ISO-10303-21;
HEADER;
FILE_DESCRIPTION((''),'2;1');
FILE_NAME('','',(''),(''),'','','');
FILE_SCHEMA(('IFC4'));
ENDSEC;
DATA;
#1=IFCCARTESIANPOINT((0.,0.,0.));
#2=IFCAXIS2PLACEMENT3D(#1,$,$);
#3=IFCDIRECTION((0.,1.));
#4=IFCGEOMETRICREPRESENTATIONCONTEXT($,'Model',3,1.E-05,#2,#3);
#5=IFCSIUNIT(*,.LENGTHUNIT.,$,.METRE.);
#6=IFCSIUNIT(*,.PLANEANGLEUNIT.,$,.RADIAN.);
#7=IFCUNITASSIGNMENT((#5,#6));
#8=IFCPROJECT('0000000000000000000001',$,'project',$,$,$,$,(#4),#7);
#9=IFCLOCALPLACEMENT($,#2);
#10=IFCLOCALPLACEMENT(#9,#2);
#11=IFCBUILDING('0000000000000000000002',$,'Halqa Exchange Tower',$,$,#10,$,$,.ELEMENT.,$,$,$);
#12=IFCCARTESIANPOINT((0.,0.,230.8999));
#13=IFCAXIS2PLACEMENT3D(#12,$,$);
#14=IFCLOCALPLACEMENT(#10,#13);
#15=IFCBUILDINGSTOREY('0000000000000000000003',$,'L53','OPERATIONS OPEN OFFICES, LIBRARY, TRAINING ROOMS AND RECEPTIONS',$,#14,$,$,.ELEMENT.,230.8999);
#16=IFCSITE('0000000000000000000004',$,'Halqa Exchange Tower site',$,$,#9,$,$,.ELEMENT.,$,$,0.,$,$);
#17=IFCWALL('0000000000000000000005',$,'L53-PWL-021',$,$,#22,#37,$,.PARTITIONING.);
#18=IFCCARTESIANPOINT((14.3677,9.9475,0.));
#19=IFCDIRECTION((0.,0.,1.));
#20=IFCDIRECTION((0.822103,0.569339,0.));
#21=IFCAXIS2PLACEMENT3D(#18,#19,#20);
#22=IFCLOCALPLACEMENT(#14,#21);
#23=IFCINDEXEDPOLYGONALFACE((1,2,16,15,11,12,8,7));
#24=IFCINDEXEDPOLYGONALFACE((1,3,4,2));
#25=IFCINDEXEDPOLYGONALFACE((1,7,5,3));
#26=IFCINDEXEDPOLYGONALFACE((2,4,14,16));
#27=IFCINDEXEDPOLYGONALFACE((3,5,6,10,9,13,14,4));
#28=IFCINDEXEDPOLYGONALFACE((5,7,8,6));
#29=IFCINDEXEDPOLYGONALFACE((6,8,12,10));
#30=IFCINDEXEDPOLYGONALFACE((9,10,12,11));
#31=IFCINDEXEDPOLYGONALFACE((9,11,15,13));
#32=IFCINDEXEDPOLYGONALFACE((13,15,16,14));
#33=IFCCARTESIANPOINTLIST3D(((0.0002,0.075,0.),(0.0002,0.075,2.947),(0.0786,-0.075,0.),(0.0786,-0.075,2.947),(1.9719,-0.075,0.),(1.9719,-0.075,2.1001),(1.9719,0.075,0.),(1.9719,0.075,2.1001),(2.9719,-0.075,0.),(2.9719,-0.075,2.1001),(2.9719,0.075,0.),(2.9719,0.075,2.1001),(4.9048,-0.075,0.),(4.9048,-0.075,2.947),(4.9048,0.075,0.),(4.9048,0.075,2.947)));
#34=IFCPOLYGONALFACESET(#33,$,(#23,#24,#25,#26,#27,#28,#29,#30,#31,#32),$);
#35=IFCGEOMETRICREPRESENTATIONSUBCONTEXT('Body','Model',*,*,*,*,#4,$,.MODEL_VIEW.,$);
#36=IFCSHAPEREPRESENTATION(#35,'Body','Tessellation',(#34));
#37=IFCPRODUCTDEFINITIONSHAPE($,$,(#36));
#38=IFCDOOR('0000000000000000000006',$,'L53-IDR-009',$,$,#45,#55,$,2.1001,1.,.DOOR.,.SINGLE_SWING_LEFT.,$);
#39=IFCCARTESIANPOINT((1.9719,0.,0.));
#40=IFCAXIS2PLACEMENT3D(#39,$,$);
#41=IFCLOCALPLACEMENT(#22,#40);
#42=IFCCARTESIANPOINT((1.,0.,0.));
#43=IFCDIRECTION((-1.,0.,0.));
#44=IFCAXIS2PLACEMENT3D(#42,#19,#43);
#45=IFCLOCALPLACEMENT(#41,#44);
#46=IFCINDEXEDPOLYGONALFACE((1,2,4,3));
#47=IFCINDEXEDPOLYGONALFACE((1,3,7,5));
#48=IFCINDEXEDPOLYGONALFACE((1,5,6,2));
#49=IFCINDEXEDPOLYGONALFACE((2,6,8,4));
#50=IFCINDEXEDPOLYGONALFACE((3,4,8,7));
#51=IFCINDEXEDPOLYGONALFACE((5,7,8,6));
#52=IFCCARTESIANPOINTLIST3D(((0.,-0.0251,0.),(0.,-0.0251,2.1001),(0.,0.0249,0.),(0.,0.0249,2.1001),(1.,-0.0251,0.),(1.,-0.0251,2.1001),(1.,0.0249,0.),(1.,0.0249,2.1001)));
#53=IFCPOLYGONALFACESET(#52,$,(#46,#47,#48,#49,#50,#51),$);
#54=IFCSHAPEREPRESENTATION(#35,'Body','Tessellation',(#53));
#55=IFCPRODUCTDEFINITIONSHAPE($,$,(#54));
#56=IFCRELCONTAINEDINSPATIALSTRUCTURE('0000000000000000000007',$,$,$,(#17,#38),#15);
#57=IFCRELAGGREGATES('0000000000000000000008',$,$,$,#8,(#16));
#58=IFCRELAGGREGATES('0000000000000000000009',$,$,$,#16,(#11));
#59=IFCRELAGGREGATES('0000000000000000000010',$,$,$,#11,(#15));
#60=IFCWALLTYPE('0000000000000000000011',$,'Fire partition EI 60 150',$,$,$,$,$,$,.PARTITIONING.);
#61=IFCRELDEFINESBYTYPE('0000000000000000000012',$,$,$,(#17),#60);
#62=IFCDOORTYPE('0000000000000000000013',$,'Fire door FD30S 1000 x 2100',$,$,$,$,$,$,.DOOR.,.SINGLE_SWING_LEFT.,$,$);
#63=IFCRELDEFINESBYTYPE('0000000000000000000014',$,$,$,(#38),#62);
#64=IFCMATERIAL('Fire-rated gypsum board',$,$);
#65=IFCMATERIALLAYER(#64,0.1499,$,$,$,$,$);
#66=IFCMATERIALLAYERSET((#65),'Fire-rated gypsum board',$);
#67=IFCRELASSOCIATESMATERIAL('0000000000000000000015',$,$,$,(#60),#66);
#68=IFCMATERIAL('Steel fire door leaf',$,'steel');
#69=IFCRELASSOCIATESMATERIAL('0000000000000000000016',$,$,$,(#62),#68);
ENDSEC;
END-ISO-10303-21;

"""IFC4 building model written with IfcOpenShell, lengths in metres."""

from ifc_helpers import new_model, si_unit, direction, frame, frame_2d, origin, place, context, subcontext, project, spatial, polyline, rectangle, outline, extrude, material, layer, layer_set, type_object, element, fill, save


model = new_model("IFC4")

# Units and contexts
model_context = context("Model", 3, precision=1e-05, world=origin(), true_north=direction((0.0, 1.0)))
body_context = subcontext(model_context, "Body", "Model", "MODEL_VIEW")
ifc_project = project(units=[si_unit("LENGTHUNIT", "METRE"), si_unit("PLANEANGLEUNIT", "RADIAN")], contexts=[model_context])

# Site, building, storey
site_placement = place(None, origin())
site = spatial("IfcSite", under=ifc_project, at=site_placement, Name="Halqa Exchange Tower site", CompositionType="ELEMENT", RefElevation=0.0)
building_placement = place(site_placement, origin())
building = spatial("IfcBuilding", under=site, at=building_placement, Name="Halqa Exchange Tower", CompositionType="ELEMENT")
storey_placement = place(building_placement, frame((0.0, 0.0, 230.8999)))
storey = spatial("IfcBuildingStorey", under=building, at=storey_placement, Name="L53", Description="OPERATIONS OPEN OFFICES, LIBRARY, TRAINING ROOMS AND RECEPTIONS", CompositionType="ELEMENT", Elevation=230.8999)

# Wall, opening, door
ifc_material_1 = material(Name="Fire-rated gypsum board")
ifc_layer_1 = layer(ifc_material_1, 0.1499)
ifc_layer_set_1 = layer_set([ifc_layer_1], Name="Fire-rated gypsum board")
wall_type_1 = type_object("IfcWallType", Name="Fire partition EI 60 150", PredefinedType="PARTITIONING", material=ifc_layer_set_1)
wall_1_placement = place(storey_placement, frame((14.3677, 9.9475, 0.0), z_axis=(0.0, 0.0, 1.0), x_axis=(0.822103, 0.569339, 0.0)))
wall_1 = element("IfcWall", 1, at=wall_1_placement, inside=storey, type_object=wall_type_1, Name="L53-PWL-021", PredefinedType="PARTITIONING", context=body_context, shape_type="SweptSolid", body=[
    extrude(outline(polyline([(4.9048, 0.075), (3.27, 0.075), (1.635, 0.075), (0.0002, 0.075), (0.0786, -0.075), (1.6875, -0.075), (3.2961, -0.075), (4.9048, -0.075), (4.9048, 0.075)])), origin(), (0.0, 0.0, 1.0), 2.947),
])
opening_1_placement = place(wall_1_placement, frame((1.9719, 0.0, 0.0)))
opening_1 = element("IfcOpeningElement", 2, at=opening_1_placement, cuts=wall_1, PredefinedType="OPENING", context=body_context, shape_type="SweptSolid", body=[
    extrude(rectangle(XDim=1.0, YDim=2.1001, at=frame_2d((0.5, 1.05))), frame((0.0, 0.0869, 0.0), z_axis=(0.0, -1.0, 0.0), x_axis=(1.0, 0.0, 0.0)), (0.0, 0.0, 1.0), 0.1738),
])
ifc_material_2 = material(Name="Steel fire door leaf", Category="steel")
door_type_1 = type_object("IfcDoorType", Name="Fire door FD30S 1000 x 2100", OperationType="SINGLE_SWING_LEFT", PredefinedType="DOOR", material=ifc_material_2)
door_1_placement = place(opening_1_placement, frame((1.0, 0.0, 0.0), z_axis=(0.0, 0.0, 1.0), x_axis=(-1.0, 0.0, 0.0)))
door_1 = element("IfcDoor", 3, at=door_1_placement, inside=storey, type_object=door_type_1, Name="L53-IDR-009", OperationType="SINGLE_SWING_LEFT", OverallHeight=2.1001, OverallWidth=1.0, PredefinedType="DOOR", context=body_context, shape_type="SweptSolid", body=[
    extrude(rectangle(XDim=1.0, YDim=2.1001, at=frame_2d((0.5, 1.05))), frame((0.0, 0.0249, 0.0), z_axis=(0.0, -1.0, 0.0), x_axis=(1.0, 0.0, 0.0)), (0.0, 0.0, 1.0), 0.05),
])
fill(opening_1, door_1)

save(model, "model.ifc")
